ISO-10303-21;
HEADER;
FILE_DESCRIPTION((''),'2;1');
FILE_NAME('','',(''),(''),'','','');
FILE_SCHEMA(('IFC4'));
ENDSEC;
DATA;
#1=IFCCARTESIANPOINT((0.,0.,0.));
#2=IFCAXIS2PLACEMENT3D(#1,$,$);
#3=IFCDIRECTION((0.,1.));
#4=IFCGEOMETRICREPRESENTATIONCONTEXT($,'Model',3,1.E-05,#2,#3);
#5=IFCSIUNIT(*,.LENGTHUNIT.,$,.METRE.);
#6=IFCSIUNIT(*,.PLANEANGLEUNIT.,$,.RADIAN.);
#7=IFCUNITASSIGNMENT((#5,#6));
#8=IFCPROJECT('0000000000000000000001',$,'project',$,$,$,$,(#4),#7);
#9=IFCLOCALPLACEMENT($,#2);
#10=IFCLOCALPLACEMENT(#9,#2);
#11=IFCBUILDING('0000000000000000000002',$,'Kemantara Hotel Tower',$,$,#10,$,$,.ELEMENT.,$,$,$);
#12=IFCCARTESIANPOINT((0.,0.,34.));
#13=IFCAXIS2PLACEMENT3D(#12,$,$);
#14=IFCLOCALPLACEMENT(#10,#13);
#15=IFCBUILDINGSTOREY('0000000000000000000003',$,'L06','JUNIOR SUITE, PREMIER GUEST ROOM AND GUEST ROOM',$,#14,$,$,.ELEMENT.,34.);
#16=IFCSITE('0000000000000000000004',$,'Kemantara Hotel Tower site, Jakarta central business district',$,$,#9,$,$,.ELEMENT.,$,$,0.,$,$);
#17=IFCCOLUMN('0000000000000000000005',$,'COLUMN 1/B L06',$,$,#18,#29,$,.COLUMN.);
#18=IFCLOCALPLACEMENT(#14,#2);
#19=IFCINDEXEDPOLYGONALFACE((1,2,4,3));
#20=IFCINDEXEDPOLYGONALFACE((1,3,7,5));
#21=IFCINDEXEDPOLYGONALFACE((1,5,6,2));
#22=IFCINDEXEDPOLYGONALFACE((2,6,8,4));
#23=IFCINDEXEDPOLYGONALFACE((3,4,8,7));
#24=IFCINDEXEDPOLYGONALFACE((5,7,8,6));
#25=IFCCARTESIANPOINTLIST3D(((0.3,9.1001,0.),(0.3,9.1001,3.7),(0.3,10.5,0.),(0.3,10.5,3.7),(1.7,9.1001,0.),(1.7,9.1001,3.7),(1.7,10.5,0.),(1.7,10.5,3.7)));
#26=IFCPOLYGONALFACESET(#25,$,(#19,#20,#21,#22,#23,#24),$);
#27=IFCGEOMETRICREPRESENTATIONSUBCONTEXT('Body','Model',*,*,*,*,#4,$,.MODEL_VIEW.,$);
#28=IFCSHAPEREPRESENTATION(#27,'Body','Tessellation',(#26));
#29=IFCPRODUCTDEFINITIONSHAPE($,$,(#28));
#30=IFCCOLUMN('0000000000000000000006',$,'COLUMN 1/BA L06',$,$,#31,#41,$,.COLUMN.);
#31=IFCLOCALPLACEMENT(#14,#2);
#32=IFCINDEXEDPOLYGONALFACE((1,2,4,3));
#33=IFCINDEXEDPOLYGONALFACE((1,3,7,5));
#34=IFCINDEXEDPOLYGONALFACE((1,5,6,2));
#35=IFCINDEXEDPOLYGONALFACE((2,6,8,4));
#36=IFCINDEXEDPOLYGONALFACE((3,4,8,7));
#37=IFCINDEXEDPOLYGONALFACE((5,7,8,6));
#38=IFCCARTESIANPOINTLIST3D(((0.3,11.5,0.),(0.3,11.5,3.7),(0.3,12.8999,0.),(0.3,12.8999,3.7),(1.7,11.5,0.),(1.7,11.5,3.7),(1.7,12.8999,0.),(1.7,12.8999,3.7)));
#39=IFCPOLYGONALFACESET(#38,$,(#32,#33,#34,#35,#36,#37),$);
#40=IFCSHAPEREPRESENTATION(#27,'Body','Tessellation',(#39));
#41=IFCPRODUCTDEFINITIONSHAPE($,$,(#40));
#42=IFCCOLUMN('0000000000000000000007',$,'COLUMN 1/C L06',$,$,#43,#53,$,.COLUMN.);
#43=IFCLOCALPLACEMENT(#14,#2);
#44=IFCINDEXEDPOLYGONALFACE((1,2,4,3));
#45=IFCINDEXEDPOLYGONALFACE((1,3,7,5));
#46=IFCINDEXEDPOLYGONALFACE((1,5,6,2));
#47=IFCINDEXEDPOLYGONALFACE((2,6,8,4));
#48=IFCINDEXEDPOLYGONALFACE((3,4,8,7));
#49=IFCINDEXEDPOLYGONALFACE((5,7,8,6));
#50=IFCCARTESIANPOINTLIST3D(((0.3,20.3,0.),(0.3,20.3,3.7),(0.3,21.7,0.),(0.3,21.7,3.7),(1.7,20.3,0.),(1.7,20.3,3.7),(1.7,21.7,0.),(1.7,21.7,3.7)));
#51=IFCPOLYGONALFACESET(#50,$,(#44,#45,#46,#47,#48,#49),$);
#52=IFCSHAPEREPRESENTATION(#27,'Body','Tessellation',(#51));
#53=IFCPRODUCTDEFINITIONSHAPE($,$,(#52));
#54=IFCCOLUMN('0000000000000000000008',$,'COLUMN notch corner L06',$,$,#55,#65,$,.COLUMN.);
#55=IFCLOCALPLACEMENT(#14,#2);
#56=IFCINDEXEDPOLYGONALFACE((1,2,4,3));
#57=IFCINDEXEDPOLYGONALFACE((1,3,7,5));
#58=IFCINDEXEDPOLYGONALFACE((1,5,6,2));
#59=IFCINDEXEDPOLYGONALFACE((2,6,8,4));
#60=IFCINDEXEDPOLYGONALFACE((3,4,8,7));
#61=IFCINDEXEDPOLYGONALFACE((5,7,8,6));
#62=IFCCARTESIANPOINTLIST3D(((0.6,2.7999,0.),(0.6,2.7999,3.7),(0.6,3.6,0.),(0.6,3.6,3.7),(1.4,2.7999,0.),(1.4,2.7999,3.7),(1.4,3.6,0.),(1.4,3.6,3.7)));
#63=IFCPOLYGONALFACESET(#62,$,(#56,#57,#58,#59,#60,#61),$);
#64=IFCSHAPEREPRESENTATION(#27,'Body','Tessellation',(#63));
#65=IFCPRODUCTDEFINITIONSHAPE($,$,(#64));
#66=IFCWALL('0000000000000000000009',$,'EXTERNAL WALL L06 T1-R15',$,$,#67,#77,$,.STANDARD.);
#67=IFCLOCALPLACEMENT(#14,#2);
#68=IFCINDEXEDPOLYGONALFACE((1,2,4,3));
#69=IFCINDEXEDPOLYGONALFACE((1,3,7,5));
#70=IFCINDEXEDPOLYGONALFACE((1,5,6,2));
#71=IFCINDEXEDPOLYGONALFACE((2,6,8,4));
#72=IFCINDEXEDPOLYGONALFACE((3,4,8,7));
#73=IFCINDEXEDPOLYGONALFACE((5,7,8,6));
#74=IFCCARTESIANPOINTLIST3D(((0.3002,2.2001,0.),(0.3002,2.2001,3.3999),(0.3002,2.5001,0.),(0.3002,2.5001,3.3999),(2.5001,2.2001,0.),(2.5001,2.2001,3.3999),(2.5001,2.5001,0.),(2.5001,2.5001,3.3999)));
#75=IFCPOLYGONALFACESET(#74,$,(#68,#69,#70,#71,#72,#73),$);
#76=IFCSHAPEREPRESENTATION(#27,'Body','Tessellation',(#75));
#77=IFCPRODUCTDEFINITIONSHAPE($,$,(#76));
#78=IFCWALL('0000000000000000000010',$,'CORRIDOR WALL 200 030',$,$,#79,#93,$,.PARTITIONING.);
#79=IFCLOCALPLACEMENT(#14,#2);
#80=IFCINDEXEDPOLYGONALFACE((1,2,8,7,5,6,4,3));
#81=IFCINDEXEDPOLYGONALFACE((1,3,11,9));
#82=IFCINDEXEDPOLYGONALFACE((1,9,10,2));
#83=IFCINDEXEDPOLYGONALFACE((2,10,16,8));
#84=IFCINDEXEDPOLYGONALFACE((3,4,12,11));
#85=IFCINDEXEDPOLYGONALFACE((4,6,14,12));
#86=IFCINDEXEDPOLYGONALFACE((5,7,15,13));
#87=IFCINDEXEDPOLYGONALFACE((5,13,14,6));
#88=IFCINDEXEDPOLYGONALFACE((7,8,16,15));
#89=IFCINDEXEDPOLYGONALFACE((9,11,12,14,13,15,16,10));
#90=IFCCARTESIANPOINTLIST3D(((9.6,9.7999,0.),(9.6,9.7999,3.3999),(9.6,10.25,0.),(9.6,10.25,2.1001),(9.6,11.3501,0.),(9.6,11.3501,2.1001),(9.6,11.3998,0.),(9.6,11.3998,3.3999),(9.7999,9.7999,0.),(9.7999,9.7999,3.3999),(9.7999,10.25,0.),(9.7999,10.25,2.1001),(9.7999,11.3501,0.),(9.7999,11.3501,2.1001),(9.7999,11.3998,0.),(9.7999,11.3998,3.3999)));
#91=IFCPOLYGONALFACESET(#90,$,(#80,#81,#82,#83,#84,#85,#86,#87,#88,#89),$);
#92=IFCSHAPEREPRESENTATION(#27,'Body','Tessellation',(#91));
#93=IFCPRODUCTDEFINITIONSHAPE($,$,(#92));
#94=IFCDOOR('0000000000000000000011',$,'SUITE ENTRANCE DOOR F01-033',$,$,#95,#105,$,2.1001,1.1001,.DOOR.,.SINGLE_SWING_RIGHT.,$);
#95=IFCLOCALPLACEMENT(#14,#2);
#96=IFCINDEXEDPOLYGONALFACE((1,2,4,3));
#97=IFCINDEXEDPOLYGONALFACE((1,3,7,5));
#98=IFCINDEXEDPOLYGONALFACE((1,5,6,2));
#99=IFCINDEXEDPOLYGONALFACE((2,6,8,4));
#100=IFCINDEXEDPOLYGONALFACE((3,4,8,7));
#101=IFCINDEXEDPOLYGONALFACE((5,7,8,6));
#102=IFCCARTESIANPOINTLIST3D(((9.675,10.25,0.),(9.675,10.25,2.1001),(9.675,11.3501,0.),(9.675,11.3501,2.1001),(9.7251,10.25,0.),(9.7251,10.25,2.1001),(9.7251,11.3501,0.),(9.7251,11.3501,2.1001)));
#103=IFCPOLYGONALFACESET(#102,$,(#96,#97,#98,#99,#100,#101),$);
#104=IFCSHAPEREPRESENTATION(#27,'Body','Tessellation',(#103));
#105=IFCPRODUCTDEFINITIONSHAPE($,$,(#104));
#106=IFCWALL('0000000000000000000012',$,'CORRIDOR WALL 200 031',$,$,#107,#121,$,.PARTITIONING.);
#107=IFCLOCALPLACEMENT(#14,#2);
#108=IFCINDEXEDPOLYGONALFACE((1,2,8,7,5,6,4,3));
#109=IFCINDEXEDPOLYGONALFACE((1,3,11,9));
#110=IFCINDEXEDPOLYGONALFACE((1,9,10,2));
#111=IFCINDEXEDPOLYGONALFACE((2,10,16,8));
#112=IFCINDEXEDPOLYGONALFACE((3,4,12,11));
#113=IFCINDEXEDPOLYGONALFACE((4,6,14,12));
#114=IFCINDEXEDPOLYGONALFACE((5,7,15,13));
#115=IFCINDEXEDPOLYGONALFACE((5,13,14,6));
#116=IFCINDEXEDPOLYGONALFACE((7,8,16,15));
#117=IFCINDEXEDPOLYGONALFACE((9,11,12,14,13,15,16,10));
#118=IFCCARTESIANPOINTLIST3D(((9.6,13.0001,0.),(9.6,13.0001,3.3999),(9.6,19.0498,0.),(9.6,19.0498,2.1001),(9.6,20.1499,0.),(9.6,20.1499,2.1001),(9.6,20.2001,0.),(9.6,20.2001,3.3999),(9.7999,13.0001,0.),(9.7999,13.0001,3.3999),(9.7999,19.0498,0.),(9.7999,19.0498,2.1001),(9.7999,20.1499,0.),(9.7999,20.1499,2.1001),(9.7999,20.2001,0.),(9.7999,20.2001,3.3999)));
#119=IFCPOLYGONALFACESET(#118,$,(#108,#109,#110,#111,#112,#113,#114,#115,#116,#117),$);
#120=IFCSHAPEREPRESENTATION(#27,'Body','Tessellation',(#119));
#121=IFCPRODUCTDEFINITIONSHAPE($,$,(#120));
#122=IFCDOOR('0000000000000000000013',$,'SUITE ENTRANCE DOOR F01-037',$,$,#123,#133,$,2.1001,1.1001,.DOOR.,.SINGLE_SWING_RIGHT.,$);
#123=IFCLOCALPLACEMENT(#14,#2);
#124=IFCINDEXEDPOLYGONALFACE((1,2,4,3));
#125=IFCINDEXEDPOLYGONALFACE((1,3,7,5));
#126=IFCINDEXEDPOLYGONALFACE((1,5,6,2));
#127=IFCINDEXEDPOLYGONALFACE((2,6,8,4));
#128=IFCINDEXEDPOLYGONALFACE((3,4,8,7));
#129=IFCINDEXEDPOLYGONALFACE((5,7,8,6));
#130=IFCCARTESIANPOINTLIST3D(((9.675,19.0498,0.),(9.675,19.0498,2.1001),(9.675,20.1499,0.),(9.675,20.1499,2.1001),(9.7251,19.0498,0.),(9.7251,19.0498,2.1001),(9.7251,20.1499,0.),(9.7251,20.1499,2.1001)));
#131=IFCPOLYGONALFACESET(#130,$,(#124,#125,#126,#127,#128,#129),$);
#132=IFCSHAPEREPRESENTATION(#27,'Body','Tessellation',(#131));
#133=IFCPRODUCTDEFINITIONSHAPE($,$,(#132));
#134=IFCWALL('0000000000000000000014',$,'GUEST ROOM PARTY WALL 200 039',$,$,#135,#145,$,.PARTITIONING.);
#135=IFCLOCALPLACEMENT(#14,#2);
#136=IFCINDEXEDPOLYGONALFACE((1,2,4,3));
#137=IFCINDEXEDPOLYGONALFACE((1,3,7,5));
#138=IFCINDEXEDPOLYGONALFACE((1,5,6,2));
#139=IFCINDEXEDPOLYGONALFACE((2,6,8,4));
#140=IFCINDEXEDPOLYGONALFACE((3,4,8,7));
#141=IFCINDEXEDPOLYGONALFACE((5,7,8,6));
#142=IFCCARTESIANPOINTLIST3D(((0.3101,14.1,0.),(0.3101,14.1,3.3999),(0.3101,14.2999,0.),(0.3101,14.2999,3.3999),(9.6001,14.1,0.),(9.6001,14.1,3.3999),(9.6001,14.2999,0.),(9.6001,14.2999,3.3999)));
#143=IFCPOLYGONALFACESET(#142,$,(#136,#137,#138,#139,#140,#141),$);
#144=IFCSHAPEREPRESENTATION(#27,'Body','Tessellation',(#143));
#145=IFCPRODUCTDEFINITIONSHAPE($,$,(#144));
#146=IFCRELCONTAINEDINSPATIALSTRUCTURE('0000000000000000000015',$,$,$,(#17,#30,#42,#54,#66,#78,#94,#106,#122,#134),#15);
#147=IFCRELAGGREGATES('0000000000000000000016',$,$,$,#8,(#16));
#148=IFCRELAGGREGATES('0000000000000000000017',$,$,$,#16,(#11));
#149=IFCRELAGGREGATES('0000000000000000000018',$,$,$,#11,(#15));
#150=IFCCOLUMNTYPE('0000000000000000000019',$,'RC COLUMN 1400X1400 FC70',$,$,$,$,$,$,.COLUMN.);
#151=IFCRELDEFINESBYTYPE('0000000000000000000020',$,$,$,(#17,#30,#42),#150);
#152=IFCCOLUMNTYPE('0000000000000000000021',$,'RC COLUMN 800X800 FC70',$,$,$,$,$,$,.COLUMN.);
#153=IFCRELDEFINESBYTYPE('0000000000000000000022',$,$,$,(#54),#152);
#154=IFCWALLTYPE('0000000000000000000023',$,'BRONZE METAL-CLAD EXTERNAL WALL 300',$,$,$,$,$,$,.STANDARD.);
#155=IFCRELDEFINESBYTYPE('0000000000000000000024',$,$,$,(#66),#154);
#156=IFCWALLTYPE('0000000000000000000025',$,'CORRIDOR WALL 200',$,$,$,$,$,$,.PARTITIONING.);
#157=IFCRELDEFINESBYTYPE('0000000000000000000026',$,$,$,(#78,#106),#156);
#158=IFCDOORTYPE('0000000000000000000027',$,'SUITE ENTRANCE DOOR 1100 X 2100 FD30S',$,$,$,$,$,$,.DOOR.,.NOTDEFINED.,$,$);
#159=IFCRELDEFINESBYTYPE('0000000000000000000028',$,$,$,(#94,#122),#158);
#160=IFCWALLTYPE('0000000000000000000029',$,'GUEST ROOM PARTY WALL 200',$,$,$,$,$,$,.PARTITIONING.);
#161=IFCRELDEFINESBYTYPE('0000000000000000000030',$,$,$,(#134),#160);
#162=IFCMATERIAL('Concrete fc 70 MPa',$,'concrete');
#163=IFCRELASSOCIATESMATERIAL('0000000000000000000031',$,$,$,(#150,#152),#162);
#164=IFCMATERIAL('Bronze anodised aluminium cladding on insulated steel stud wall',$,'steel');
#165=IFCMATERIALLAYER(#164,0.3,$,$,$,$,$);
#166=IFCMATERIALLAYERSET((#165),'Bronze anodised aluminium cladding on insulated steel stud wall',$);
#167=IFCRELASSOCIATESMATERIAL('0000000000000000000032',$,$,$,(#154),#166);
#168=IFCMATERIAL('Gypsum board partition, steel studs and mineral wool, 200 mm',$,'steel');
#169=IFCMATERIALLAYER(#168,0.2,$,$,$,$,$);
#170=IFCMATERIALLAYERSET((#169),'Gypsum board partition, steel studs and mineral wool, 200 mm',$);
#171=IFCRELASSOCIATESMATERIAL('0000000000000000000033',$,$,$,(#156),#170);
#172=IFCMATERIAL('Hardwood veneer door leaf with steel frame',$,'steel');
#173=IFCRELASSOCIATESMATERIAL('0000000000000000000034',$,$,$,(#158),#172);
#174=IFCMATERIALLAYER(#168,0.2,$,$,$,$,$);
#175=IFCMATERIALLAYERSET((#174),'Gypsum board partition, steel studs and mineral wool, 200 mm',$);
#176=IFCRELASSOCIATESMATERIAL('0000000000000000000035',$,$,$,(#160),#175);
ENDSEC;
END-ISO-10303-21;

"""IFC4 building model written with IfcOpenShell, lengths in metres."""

from ifc_helpers import new_model, si_unit, direction, frame, frame_2d, origin, origin_2d, place, context, subcontext, project, spatial, rectangle, extrude, material, layer, layer_set, material_profile, profile_set, type_object, element, fill, save


model = new_model("IFC4")

# Units and contexts
model_context = context("Model", 3, precision=1e-05, world=origin(), true_north=direction((0.0, 1.0)))
body_context = subcontext(model_context, "Body", "Model", "MODEL_VIEW")
ifc_project = project(units=[si_unit("LENGTHUNIT", "METRE"), si_unit("PLANEANGLEUNIT", "RADIAN")], contexts=[model_context])

# Site, building, storey
site_placement = place(None, origin())
site = spatial("IfcSite", under=ifc_project, at=site_placement, Name="Kemantara Hotel Tower site, Jakarta central business district", CompositionType="ELEMENT", RefElevation=0.0)
building_placement = place(site_placement, origin())
building = spatial("IfcBuilding", under=site, at=building_placement, Name="Kemantara Hotel Tower", CompositionType="ELEMENT")
storey_placement = place(building_placement, frame((0.0, 0.0, 34.0)))
storey = spatial("IfcBuildingStorey", under=building, at=storey_placement, Name="L06", Description="JUNIOR SUITE, PREMIER GUEST ROOM AND GUEST ROOM", CompositionType="ELEMENT", Elevation=34.0)

# Columns
ifc_material_1 = material(Name="Concrete fc 70 MPa", Category="concrete")
ifc_material_profile_1 = material_profile(ifc_material_1, rectangle(XDim=1.3999, YDim=1.3999, at=origin_2d()), Name="RC 1400X1400")
ifc_profile_set_1 = profile_set([ifc_material_profile_1], Name="Concrete fc 70 MPa")
column_type_1 = type_object("IfcColumnType", Name="RC COLUMN 1400X1400 FC70", PredefinedType="COLUMN", material=ifc_profile_set_1)
for number, where, z_axis, x_axis, name in (
    (1, (1.0, 9.8, 0.0), (0.0, 0.0, 1.0), (1.0, 0.0, 0.0), "COLUMN 1/B L06"),
    (2, (1.0, 12.2, 0.0), (0.0, 0.0, 1.0), (1.0, 0.0, 0.0), "COLUMN 1/BA L06"),
    (3, (1.0, 21.0, 0.0), (0.0, 0.0, 1.0), (1.0, 0.0, 0.0), "COLUMN 1/C L06"),
):
    element("IfcColumn", number, at=place(storey_placement, frame(where, z_axis=z_axis, x_axis=x_axis)), inside=storey, type_object=column_type_1, Name=name, PredefinedType="COLUMN", context=body_context, shape_type="SweptSolid", body=[
        extrude(rectangle(XDim=1.3999, YDim=1.3999, at=origin_2d()), origin(), (0.0, 0.0, 1.0), 3.7),
    ])
ifc_material_profile_2 = material_profile(ifc_material_1, rectangle(XDim=0.8, YDim=0.8, at=origin_2d()), Name="RC 800X800")
ifc_profile_set_2 = profile_set([ifc_material_profile_2], Name="Concrete fc 70 MPa")
column_type_2 = type_object("IfcColumnType", Name="RC COLUMN 800X800 FC70", PredefinedType="COLUMN", material=ifc_profile_set_2)
column_placement = place(storey_placement, frame((1.0, 3.2, 0.0), z_axis=(0.0, 0.0, 1.0), x_axis=(1.0, 0.0, 0.0)))
element("IfcColumn", 4, at=column_placement, inside=storey, type_object=column_type_2, Name="COLUMN notch corner L06", PredefinedType="COLUMN", context=body_context, shape_type="SweptSolid", body=[
    extrude(rectangle(XDim=0.8, YDim=0.8, at=origin_2d()), origin(), (0.0, 0.0, 1.0), 3.7),
])

# Wall
ifc_material_2 = material(Name="Bronze anodised aluminium cladding on insulated steel stud wall", Category="steel")
ifc_layer_1 = layer(ifc_material_2, 0.3)
ifc_layer_set_1 = layer_set([ifc_layer_1], Name="Bronze anodised aluminium cladding on insulated steel stud wall")
wall_type_1 = type_object("IfcWallType", Name="BRONZE METAL-CLAD EXTERNAL WALL 300", PredefinedType="STANDARD", material=ifc_layer_set_1)
wall_1_placement = place(storey_placement, frame((0.3, 2.3501, 0.0), z_axis=(0.0, 0.0, 1.0), x_axis=(1.0, 0.0, 0.0)))
element("IfcWall", 5, at=wall_1_placement, inside=storey, type_object=wall_type_1, Name="EXTERNAL WALL L06 T1-R15", PredefinedType="STANDARD", context=body_context, shape_type="SweptSolid", body=[
    extrude(rectangle(XDim=2.2, YDim=0.3, at=frame_2d((1.1001, 0.0))), origin(), (0.0, 0.0, 1.0), 3.3999),
])

# Walls, openings, doors
ifc_material_3 = material(Name="Gypsum board partition, steel studs and mineral wool, 200 mm", Category="steel")
ifc_layer_2 = layer(ifc_material_3, 0.2)
ifc_layer_set_2 = layer_set([ifc_layer_2], Name="Gypsum board partition, steel studs and mineral wool, 200 mm")
wall_type_2 = type_object("IfcWallType", Name="CORRIDOR WALL 200", PredefinedType="PARTITIONING", material=ifc_layer_set_2)
wall_2_placement = place(storey_placement, frame((9.7, 9.8, 0.0), z_axis=(0.0, 0.0, 1.0), x_axis=(0.0, 1.0, 0.0)))
wall_2 = element("IfcWall", 6, at=wall_2_placement, inside=storey, type_object=wall_type_2, Name="CORRIDOR WALL 200 030", PredefinedType="PARTITIONING", context=body_context, shape_type="SweptSolid", body=[
    extrude(rectangle(XDim=1.5999, YDim=0.2, at=frame_2d((0.7998, 0.0))), origin(), (0.0, 0.0, 1.0), 3.3999),
])
opening_1_placement = place(wall_2_placement, frame((0.45, 0.0, 0.0)))
opening_1 = element("IfcOpeningElement", 7, at=opening_1_placement, cuts=wall_2, PredefinedType="OPENING", context=body_context, shape_type="SweptSolid", body=[
    extrude(rectangle(XDim=1.1001, YDim=2.1001, at=frame_2d((0.55, 1.05))), frame((0.0, 0.1099, 0.0), z_axis=(0.0, -1.0, 0.0), x_axis=(1.0, 0.0, 0.0)), (0.0, 0.0, 1.0), 0.22),
])
ifc_material_4 = material(Name="Hardwood veneer door leaf with steel frame", Category="steel")
door_type_1 = type_object("IfcDoorType", Name="SUITE ENTRANCE DOOR 1100 X 2100 FD30S", OperationType="NOTDEFINED", PredefinedType="DOOR", material=ifc_material_4)
door_1_placement = place(opening_1_placement, origin())
door_1 = element("IfcDoor", 8, at=door_1_placement, inside=storey, type_object=door_type_1, Name="SUITE ENTRANCE DOOR F01-033", OperationType="SINGLE_SWING_RIGHT", OverallHeight=2.1001, OverallWidth=1.1001, PredefinedType="DOOR", context=body_context, shape_type="SweptSolid", body=[
    extrude(rectangle(XDim=1.1001, YDim=2.1001, at=frame_2d((0.55, 1.05))), frame((0.0, 0.0249, 0.0), z_axis=(0.0, -1.0, 0.0), x_axis=(1.0, 0.0, 0.0)), (0.0, 0.0, 1.0), 0.05),
])
fill(opening_1, door_1)
wall_3_placement = place(storey_placement, frame((9.7, 13.0, 0.0), z_axis=(0.0, 0.0, 1.0), x_axis=(0.0, 1.0, 0.0)))
wall_3 = element("IfcWall", 9, at=wall_3_placement, inside=storey, type_object=wall_type_2, Name="CORRIDOR WALL 200 031", PredefinedType="PARTITIONING", context=body_context, shape_type="SweptSolid", body=[
    extrude(rectangle(XDim=7.2, YDim=0.2, at=frame_2d((3.6001, 0.0))), origin(), (0.0, 0.0, 1.0), 3.3999),
])
opening_2_placement = place(wall_3_placement, frame((6.0498, 0.0, 0.0)))
opening_2 = element("IfcOpeningElement", 10, at=opening_2_placement, cuts=wall_3, PredefinedType="OPENING", context=body_context, shape_type="SweptSolid", body=[
    extrude(rectangle(XDim=1.1001, YDim=2.1001, at=frame_2d((0.55, 1.05))), frame((0.0, 0.1099, 0.0), z_axis=(0.0, -1.0, 0.0), x_axis=(1.0, 0.0, 0.0)), (0.0, 0.0, 1.0), 0.22),
])
door_2_placement = place(opening_2_placement, origin())
door_2 = element("IfcDoor", 11, at=door_2_placement, inside=storey, type_object=door_type_1, Name="SUITE ENTRANCE DOOR F01-037", OperationType="SINGLE_SWING_RIGHT", OverallHeight=2.1001, OverallWidth=1.1001, PredefinedType="DOOR", context=body_context, shape_type="SweptSolid", body=[
    extrude(rectangle(XDim=1.1001, YDim=2.1001, at=frame_2d((0.55, 1.05))), frame((0.0, 0.0249, 0.0), z_axis=(0.0, -1.0, 0.0), x_axis=(1.0, 0.0, 0.0)), (0.0, 0.0, 1.0), 0.05),
])
fill(opening_2, door_2)

# Wall
ifc_layer_3 = layer(ifc_material_3, 0.2)
ifc_layer_set_3 = layer_set([ifc_layer_3], Name="Gypsum board partition, steel studs and mineral wool, 200 mm")
wall_type_3 = type_object("IfcWallType", Name="GUEST ROOM PARTY WALL 200", PredefinedType="PARTITIONING", material=ifc_layer_set_3)
wall_4_placement = place(storey_placement, frame((0.3101, 14.2, 0.0), z_axis=(0.0, 0.0, 1.0), x_axis=(1.0, 0.0, 0.0)))
element("IfcWall", 12, at=wall_4_placement, inside=storey, type_object=wall_type_3, Name="GUEST ROOM PARTY WALL 200 039", PredefinedType="PARTITIONING", context=body_context, shape_type="SweptSolid", body=[
    extrude(rectangle(XDim=9.29, YDim=0.2, at=frame_2d((4.645, 0.0))), origin(), (0.0, 0.0, 1.0), 3.3999),
])

save(model, "model.ifc")
